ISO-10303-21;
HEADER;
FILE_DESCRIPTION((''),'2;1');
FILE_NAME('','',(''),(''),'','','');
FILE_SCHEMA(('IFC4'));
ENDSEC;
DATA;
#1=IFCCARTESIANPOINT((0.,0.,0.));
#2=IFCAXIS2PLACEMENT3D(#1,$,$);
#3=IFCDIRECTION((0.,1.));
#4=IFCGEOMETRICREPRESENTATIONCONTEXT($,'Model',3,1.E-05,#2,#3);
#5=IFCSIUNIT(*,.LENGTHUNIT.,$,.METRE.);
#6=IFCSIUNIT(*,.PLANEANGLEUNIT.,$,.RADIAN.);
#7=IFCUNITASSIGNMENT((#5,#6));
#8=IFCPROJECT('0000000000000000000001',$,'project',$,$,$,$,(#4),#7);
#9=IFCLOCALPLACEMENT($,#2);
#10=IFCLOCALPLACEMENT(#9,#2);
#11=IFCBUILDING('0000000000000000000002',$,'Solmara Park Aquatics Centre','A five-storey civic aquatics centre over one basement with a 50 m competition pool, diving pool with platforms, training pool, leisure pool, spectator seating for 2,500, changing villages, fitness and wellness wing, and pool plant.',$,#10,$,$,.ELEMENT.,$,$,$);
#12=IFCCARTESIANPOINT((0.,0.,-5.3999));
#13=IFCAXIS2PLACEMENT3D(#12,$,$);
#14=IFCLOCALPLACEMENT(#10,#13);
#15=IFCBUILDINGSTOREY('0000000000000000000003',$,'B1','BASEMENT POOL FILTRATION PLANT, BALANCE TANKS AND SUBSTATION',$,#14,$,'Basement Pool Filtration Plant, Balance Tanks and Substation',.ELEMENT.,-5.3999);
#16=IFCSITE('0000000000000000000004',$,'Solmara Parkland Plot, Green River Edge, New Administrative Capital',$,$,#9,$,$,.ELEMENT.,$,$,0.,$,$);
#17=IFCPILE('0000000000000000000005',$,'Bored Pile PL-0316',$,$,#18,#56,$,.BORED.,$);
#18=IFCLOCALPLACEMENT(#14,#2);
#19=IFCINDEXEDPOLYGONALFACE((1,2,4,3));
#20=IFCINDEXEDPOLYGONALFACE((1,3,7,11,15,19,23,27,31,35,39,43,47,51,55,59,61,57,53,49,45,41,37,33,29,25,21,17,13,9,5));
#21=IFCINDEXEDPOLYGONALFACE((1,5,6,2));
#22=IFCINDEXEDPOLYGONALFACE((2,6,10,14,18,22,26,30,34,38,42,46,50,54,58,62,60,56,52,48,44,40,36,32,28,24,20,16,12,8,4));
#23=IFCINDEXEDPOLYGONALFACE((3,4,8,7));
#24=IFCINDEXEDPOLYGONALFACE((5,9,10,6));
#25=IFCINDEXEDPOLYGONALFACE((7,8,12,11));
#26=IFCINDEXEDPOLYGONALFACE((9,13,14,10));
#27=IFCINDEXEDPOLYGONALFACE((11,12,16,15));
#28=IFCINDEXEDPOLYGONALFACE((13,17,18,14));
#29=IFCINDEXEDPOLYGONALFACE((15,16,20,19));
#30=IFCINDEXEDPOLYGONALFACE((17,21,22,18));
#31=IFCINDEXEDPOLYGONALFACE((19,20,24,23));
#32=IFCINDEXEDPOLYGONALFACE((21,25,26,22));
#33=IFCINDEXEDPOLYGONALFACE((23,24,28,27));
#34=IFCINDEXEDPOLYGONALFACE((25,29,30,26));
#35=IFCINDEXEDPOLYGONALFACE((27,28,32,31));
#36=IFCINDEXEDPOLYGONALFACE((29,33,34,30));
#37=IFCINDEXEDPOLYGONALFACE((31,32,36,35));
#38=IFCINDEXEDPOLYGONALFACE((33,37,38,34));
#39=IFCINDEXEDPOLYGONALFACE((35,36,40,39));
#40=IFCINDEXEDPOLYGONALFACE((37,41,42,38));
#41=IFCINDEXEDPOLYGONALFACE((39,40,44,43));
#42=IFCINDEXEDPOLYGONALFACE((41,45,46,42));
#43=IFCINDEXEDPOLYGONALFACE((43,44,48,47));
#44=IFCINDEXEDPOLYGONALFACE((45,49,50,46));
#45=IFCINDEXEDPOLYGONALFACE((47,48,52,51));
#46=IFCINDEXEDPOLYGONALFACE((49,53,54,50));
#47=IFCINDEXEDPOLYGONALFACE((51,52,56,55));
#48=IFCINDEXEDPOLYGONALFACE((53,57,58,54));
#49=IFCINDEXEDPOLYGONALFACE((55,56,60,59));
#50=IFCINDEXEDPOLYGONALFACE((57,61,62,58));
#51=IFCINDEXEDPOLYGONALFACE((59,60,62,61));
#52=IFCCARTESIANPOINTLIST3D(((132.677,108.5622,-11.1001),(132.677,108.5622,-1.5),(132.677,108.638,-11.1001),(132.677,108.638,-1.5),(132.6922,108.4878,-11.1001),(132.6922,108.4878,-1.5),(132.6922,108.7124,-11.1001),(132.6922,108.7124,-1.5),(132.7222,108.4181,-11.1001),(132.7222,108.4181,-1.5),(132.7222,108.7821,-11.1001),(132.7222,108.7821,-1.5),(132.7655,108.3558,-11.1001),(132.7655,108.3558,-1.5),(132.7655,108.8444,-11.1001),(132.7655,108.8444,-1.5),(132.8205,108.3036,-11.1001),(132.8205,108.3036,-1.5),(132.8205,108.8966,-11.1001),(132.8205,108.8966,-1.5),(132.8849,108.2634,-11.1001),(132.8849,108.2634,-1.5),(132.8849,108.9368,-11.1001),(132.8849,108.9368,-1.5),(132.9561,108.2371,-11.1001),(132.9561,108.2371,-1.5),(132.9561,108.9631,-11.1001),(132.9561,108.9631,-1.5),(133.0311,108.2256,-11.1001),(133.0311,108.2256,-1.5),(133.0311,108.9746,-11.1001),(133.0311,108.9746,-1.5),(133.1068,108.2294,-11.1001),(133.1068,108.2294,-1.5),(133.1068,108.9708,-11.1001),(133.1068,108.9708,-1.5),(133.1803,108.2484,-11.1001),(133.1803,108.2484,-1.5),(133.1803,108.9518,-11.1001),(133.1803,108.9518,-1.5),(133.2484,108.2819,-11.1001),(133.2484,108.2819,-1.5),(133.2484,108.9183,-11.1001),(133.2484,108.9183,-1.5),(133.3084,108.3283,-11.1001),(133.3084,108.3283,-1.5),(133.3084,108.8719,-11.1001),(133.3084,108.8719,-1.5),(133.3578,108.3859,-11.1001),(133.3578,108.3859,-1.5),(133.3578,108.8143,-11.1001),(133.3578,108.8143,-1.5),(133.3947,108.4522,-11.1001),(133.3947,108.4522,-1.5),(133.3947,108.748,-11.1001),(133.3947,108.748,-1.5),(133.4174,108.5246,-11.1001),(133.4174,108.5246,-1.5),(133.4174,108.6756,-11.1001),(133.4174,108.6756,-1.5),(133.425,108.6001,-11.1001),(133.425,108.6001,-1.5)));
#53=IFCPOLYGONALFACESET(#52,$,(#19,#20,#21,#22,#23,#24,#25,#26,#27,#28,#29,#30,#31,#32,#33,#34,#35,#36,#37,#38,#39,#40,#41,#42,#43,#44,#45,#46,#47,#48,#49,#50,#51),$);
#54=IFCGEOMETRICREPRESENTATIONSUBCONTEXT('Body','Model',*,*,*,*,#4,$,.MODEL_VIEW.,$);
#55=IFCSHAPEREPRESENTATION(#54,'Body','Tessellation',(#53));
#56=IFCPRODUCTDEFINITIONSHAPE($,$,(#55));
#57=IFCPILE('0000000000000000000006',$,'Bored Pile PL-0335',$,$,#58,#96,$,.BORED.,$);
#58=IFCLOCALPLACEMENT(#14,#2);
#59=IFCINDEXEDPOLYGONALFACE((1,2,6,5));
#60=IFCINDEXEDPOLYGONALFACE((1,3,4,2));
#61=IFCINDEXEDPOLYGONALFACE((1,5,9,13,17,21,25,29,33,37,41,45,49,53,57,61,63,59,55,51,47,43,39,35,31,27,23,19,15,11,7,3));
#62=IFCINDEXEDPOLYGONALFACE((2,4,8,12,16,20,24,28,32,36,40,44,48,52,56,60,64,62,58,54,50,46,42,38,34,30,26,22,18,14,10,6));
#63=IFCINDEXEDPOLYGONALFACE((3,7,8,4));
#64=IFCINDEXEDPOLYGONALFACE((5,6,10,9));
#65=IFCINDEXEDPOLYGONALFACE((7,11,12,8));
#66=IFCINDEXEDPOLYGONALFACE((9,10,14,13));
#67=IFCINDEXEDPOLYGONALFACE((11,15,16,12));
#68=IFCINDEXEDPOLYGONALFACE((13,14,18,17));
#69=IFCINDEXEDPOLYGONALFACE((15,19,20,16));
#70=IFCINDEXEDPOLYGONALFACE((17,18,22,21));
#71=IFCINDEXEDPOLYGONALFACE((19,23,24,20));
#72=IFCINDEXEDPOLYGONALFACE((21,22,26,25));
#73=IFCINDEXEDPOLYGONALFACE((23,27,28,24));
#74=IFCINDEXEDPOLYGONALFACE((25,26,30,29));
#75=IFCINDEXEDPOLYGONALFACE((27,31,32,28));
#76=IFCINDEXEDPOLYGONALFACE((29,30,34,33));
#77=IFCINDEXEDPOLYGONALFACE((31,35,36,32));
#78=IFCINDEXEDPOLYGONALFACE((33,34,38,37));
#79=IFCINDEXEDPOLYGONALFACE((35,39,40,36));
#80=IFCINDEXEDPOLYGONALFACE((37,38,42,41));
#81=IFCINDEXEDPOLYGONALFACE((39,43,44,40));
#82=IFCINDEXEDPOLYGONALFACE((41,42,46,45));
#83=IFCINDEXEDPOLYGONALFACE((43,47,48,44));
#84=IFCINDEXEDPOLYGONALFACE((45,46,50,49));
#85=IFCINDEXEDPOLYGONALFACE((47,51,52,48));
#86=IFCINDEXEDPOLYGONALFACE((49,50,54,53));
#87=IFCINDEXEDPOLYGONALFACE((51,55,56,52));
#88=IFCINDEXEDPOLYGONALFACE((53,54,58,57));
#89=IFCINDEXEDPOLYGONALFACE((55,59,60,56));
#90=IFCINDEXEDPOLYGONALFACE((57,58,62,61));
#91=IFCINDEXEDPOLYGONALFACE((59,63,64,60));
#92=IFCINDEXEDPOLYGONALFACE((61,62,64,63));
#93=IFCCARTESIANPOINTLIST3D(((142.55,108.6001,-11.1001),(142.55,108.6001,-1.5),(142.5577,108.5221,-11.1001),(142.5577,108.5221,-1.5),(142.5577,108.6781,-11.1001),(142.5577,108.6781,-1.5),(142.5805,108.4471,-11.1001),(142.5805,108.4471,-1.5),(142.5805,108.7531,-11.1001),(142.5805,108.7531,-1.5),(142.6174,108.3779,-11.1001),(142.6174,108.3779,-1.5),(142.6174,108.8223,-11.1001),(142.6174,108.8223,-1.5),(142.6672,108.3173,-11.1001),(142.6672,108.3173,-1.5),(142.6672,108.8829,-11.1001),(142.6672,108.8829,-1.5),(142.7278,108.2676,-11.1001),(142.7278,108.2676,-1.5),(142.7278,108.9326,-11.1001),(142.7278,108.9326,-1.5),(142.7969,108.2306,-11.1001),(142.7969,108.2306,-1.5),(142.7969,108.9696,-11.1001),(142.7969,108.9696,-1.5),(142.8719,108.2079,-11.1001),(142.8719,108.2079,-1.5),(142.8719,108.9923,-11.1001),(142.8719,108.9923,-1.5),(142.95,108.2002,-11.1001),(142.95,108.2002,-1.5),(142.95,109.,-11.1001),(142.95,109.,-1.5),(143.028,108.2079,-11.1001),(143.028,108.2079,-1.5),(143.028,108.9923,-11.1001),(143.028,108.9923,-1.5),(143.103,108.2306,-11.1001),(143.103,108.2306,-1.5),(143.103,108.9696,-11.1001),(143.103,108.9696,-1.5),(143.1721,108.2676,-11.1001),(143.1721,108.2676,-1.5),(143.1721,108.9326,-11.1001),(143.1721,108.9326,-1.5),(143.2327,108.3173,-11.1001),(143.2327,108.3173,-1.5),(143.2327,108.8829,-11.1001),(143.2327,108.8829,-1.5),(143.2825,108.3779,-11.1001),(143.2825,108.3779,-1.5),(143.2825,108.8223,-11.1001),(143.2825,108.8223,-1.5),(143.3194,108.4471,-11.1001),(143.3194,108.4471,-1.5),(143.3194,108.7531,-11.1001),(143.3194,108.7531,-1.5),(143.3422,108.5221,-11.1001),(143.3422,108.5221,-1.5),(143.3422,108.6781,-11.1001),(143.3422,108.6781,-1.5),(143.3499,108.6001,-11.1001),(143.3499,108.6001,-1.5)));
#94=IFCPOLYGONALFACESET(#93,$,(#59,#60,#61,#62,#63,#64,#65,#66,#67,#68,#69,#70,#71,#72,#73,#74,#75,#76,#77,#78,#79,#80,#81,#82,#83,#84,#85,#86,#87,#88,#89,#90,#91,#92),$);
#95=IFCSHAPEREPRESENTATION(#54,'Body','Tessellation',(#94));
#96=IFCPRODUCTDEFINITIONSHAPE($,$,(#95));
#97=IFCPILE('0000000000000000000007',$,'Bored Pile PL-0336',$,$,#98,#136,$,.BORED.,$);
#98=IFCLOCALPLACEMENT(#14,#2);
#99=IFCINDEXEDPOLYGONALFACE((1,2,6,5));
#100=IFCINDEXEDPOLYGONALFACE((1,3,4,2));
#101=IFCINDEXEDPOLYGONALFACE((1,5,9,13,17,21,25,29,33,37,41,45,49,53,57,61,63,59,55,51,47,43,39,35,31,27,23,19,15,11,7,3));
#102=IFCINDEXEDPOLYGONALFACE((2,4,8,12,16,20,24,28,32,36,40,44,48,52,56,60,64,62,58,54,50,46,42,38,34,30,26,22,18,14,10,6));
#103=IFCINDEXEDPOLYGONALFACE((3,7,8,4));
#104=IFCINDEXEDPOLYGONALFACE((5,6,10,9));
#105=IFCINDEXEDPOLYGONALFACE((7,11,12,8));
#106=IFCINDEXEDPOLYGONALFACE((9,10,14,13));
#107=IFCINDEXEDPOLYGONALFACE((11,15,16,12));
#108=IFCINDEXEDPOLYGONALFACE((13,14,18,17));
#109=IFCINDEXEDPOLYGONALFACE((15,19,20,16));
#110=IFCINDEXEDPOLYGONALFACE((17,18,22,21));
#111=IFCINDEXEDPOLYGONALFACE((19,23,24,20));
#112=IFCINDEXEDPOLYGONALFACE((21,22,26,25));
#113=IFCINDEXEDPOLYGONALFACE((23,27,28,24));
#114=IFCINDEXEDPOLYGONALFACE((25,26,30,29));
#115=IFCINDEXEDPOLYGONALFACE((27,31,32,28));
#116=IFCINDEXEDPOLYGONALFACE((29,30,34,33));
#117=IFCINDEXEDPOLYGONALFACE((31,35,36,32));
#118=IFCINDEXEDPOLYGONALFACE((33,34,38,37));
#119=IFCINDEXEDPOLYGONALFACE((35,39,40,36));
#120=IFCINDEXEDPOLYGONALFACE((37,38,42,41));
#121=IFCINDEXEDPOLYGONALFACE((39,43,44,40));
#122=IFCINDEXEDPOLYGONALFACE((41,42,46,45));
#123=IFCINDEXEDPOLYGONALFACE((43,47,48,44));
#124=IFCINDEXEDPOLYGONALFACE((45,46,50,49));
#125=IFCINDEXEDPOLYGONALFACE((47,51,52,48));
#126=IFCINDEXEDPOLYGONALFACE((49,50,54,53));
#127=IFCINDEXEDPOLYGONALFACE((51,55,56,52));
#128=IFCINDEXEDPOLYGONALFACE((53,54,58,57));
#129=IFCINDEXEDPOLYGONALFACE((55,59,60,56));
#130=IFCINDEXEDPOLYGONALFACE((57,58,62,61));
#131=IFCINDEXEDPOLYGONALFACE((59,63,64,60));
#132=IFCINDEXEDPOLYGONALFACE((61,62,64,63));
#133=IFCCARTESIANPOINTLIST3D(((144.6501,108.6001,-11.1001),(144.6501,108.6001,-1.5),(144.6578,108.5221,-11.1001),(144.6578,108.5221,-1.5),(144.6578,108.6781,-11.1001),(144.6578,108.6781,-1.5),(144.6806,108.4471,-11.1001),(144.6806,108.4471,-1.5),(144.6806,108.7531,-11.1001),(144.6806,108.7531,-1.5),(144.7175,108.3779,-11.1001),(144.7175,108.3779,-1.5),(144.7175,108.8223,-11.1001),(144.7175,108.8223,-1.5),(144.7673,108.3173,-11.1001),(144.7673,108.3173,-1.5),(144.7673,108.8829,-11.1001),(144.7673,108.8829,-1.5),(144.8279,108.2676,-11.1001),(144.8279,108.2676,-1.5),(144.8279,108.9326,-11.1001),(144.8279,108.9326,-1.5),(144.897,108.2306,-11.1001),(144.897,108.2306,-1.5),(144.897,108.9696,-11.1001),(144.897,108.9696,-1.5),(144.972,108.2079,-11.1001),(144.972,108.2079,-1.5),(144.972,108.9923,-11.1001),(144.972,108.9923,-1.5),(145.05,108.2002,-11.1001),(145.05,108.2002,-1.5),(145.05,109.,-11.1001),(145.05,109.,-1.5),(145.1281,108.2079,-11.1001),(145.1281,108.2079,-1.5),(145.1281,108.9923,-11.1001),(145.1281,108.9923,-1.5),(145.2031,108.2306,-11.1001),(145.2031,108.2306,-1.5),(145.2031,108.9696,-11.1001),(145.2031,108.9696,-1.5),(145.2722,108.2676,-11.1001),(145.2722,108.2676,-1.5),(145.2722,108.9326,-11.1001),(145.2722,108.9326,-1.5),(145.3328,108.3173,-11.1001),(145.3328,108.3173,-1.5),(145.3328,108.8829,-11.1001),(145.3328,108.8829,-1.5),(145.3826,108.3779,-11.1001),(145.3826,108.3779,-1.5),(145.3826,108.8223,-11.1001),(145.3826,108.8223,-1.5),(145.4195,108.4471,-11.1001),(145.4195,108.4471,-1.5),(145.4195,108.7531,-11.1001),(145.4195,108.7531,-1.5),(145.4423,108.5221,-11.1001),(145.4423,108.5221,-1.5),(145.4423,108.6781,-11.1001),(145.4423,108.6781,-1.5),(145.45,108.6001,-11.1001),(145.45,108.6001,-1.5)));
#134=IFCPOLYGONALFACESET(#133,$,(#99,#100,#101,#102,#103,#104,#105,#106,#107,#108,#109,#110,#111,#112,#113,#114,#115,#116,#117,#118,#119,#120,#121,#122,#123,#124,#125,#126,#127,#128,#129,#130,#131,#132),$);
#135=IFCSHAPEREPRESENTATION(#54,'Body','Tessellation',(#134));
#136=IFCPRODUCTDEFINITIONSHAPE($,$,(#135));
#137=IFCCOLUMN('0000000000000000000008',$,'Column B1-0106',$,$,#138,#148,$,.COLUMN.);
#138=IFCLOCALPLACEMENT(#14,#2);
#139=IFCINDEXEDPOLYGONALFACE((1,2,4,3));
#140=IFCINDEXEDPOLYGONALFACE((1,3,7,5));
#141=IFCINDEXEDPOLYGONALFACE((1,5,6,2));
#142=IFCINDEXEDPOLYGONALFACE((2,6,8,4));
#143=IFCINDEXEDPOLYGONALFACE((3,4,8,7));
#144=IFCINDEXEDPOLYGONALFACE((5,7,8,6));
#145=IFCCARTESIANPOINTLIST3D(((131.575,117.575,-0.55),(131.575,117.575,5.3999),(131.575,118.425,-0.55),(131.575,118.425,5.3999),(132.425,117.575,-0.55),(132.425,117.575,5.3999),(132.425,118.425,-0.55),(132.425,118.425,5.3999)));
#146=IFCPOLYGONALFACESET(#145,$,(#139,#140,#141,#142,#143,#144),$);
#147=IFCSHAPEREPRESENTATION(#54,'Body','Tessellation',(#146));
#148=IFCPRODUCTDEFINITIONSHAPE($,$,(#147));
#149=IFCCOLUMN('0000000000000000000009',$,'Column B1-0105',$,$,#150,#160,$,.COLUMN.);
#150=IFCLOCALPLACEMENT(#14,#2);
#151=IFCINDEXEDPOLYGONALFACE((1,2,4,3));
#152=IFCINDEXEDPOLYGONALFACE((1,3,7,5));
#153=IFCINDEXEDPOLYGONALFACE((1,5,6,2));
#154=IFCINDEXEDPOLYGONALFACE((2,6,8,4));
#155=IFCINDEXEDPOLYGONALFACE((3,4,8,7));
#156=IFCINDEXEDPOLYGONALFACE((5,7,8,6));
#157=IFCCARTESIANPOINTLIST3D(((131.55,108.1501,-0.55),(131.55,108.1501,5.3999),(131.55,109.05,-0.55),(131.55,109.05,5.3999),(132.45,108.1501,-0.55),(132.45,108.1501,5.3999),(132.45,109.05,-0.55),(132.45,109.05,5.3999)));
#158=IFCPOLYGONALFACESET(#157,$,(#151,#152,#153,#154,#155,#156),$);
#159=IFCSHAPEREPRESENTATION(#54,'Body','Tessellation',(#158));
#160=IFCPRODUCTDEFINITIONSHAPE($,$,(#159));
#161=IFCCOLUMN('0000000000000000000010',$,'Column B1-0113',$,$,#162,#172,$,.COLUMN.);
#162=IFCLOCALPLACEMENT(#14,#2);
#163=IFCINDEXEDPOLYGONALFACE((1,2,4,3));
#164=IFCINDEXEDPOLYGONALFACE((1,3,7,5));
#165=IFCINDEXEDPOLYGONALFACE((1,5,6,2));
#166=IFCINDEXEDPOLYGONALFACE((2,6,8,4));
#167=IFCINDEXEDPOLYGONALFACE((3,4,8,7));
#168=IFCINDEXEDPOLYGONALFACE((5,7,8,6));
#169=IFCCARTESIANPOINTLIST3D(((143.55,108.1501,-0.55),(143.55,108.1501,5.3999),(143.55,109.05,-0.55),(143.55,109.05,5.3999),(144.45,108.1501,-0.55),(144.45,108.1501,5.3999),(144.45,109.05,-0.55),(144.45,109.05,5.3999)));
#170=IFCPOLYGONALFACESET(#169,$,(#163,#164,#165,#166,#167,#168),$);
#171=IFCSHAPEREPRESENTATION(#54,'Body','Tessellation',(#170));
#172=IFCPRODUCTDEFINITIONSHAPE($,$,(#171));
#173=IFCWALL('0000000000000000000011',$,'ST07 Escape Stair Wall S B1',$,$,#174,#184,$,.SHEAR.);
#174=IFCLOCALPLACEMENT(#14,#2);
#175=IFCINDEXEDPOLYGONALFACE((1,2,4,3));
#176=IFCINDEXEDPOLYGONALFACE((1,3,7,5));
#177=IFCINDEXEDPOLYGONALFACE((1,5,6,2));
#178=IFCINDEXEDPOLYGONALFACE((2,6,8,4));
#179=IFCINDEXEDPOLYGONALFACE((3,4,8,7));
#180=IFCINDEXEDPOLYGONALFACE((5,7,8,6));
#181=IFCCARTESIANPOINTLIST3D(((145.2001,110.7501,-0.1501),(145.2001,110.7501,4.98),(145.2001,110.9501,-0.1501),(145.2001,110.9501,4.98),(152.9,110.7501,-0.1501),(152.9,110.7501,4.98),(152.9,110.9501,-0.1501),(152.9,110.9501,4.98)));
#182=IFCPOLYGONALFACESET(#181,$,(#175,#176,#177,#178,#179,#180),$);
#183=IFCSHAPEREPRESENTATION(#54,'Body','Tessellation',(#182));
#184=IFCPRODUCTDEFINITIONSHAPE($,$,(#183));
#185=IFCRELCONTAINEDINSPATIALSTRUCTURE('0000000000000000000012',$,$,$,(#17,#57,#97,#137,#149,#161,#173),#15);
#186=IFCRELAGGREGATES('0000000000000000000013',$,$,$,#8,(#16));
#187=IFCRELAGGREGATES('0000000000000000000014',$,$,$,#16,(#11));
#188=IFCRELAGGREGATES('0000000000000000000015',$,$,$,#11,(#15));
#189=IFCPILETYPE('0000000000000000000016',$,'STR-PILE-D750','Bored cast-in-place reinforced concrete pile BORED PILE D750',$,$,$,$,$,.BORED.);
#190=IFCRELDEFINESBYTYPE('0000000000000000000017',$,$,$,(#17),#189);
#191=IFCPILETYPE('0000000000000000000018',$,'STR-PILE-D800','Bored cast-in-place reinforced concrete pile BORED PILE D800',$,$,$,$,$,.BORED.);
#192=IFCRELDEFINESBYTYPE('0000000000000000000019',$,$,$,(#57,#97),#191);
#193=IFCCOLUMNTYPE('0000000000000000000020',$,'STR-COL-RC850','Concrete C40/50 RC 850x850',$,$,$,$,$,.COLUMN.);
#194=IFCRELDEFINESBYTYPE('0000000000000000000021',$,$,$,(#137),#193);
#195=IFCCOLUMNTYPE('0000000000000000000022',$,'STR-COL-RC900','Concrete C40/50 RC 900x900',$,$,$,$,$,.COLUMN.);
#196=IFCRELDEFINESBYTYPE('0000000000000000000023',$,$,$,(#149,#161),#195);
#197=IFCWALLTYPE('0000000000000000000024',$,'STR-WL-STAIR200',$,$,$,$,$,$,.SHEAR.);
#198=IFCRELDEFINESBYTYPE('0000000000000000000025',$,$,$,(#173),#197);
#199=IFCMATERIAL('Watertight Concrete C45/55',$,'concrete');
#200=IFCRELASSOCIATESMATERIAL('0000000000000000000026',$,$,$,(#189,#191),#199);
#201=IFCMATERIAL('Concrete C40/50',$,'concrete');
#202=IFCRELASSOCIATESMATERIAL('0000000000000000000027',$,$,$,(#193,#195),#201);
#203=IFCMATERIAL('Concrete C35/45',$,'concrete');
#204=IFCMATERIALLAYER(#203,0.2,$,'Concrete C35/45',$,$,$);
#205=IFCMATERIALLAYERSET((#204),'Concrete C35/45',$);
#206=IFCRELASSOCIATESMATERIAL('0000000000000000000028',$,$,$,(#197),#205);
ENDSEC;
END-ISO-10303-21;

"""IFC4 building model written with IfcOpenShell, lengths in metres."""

from ifc_helpers import new_model, si_unit, direction, frame, frame_2d, origin, origin_2d, place, context, subcontext, project, spatial, rectangle, circle, extrude, material, layer, layer_set, material_profile, profile_set, type_object, element, save


model = new_model("IFC4")

# Units and contexts
model_context = context("Model", 3, precision=1e-05, world=origin(), true_north=direction((0.0, 1.0)))
body_context = subcontext(model_context, "Body", "Model", "MODEL_VIEW")
ifc_project = project(units=[si_unit("LENGTHUNIT", "METRE"), si_unit("PLANEANGLEUNIT", "RADIAN")], contexts=[model_context])

# Site, building, storey
site_placement = place(None, origin())
site = spatial("IfcSite", under=ifc_project, at=site_placement, Name="Solmara Parkland Plot, Green River Edge, New Administrative Capital", CompositionType="ELEMENT", RefElevation=0.0)
building_placement = place(site_placement, origin())
building = spatial("IfcBuilding", under=site, at=building_placement, Name="Solmara Park Aquatics Centre", Description="A five-storey civic aquatics centre over one basement with a 50 m competition pool, diving pool with platforms, training pool, leisure pool, spectator seating for 2,500, changing villages, fitness and wellness wing, and pool plant.", CompositionType="ELEMENT")
storey_placement = place(building_placement, frame((0.0, 0.0, -5.3999)))
storey = spatial("IfcBuildingStorey", under=building, at=storey_placement, Name="B1", Description="BASEMENT POOL FILTRATION PLANT, BALANCE TANKS AND SUBSTATION", LongName="Basement Pool Filtration Plant, Balance Tanks and Substation", CompositionType="ELEMENT", Elevation=-5.3999)

# Shared definitions
ifc_material_1 = material(Name="Watertight Concrete C45/55", Category="concrete")

# Piles
ifc_material_profile_1 = material_profile(ifc_material_1, circle(Radius=0.375, at=origin_2d()), Name="BORED PILE D750")
ifc_profile_set_1 = profile_set([ifc_material_profile_1], Name="Watertight Concrete C45/55")
pile_type_1 = type_object("IfcPileType", Name="STR-PILE-D750", Description="Bored cast-in-place reinforced concrete pile BORED PILE D750", PredefinedType="BORED", material=ifc_profile_set_1)
pile_1_placement = place(storey_placement, frame((133.05, 108.6001, -1.5), z_axis=(0.0, 0.0, -1.0), x_axis=(1.0, 0.0, 0.0)))
element("IfcPile", 1, at=pile_1_placement, inside=storey, type_object=pile_type_1, Name="Bored Pile PL-0316", PredefinedType="BORED", context=body_context, shape_type="SweptSolid", body=[
    extrude(circle(Radius=0.375, at=origin_2d()), origin(), (0.0, 0.0, 1.0), 9.6001),
])
ifc_material_profile_2 = material_profile(ifc_material_1, circle(Radius=0.3999, at=origin_2d()), Name="BORED PILE D800")
ifc_profile_set_2 = profile_set([ifc_material_profile_2], Name="Watertight Concrete C45/55")
pile_type_2 = type_object("IfcPileType", Name="STR-PILE-D800", Description="Bored cast-in-place reinforced concrete pile BORED PILE D800", PredefinedType="BORED", material=ifc_profile_set_2)
for number, where, z_axis, x_axis, name in (
    (2, (142.95, 108.6001, -1.5), (0.0, 0.0, -1.0), (1.0, 0.0, 0.0), "Bored Pile PL-0335"),
    (3, (145.05, 108.6001, -1.5), (0.0, 0.0, -1.0), (1.0, 0.0, 0.0), "Bored Pile PL-0336"),
):
    element("IfcPile", number, at=place(storey_placement, frame(where, z_axis=z_axis, x_axis=x_axis)), inside=storey, type_object=pile_type_2, Name=name, PredefinedType="BORED", context=body_context, shape_type="SweptSolid", body=[
        extrude(circle(Radius=0.3999, at=origin_2d()), origin(), (0.0, 0.0, 1.0), 9.6001),
    ])

# Columns
ifc_material_2 = material(Name="Concrete C40/50", Category="concrete")
ifc_material_profile_3 = material_profile(ifc_material_2, rectangle(XDim=0.8501, YDim=0.8501, at=origin_2d()), Name="RC 850x850")
ifc_profile_set_3 = profile_set([ifc_material_profile_3], Name="Concrete C40/50")
column_type_1 = type_object("IfcColumnType", Name="STR-COL-RC850", Description="Concrete C40/50 RC 850x850", PredefinedType="COLUMN", material=ifc_profile_set_3)
column_placement = place(storey_placement, frame((132.0, 118.0, -0.55), z_axis=(0.0, 0.0, 1.0), x_axis=(1.0, 0.0, 0.0)))
element("IfcColumn", 4, at=column_placement, inside=storey, type_object=column_type_1, Name="Column B1-0106", PredefinedType="COLUMN", context=body_context, shape_type="SweptSolid", body=[
    extrude(rectangle(XDim=0.8501, YDim=0.8501, at=origin_2d()), origin(), (0.0, 0.0, 1.0), 5.95),
])
ifc_material_profile_4 = material_profile(ifc_material_2, rectangle(XDim=0.8999, YDim=0.8999, at=origin_2d()), Name="RC 900x900")
ifc_profile_set_4 = profile_set([ifc_material_profile_4], Name="Concrete C40/50")
column_type_2 = type_object("IfcColumnType", Name="STR-COL-RC900", Description="Concrete C40/50 RC 900x900", PredefinedType="COLUMN", material=ifc_profile_set_4)
for number, where, z_axis, x_axis, name in (
    (5, (132.0, 108.6001, -0.55), (0.0, 0.0, 1.0), (1.0, 0.0, 0.0), "Column B1-0105"),
    (6, (144.0, 108.6001, -0.55), (0.0, 0.0, 1.0), (1.0, 0.0, 0.0), "Column B1-0113"),
):
    element("IfcColumn", number, at=place(storey_placement, frame(where, z_axis=z_axis, x_axis=x_axis)), inside=storey, type_object=column_type_2, Name=name, PredefinedType="COLUMN", context=body_context, shape_type="SweptSolid", body=[
        extrude(rectangle(XDim=0.8999, YDim=0.8999, at=origin_2d()), origin(), (0.0, 0.0, 1.0), 5.95),
    ])

# Wall
ifc_material_3 = material(Name="Concrete C35/45", Category="concrete")
ifc_layer_1 = layer(ifc_material_3, 0.2, Name="Concrete C35/45")
ifc_layer_set_1 = layer_set([ifc_layer_1], Name="Concrete C35/45")
wall_type = type_object("IfcWallType", Name="STR-WL-STAIR200", PredefinedType="SHEAR", material=ifc_layer_set_1)
wall_1_placement = place(storey_placement, frame((145.2, 110.8501, -0.1501), z_axis=(0.0, 0.0, 1.0), x_axis=(1.0, 0.0, 0.0)))
element("IfcWall", 7, at=wall_1_placement, inside=storey, type_object=wall_type, Name="ST07 Escape Stair Wall S B1", PredefinedType="SHEAR", context=body_context, shape_type="SweptSolid", body=[
    extrude(rectangle(XDim=7.7, YDim=0.2, at=frame_2d((3.8501, 0.0))), origin(), (0.0, 0.0, 1.0), 5.1301),
])

save(model, "model.ifc")
